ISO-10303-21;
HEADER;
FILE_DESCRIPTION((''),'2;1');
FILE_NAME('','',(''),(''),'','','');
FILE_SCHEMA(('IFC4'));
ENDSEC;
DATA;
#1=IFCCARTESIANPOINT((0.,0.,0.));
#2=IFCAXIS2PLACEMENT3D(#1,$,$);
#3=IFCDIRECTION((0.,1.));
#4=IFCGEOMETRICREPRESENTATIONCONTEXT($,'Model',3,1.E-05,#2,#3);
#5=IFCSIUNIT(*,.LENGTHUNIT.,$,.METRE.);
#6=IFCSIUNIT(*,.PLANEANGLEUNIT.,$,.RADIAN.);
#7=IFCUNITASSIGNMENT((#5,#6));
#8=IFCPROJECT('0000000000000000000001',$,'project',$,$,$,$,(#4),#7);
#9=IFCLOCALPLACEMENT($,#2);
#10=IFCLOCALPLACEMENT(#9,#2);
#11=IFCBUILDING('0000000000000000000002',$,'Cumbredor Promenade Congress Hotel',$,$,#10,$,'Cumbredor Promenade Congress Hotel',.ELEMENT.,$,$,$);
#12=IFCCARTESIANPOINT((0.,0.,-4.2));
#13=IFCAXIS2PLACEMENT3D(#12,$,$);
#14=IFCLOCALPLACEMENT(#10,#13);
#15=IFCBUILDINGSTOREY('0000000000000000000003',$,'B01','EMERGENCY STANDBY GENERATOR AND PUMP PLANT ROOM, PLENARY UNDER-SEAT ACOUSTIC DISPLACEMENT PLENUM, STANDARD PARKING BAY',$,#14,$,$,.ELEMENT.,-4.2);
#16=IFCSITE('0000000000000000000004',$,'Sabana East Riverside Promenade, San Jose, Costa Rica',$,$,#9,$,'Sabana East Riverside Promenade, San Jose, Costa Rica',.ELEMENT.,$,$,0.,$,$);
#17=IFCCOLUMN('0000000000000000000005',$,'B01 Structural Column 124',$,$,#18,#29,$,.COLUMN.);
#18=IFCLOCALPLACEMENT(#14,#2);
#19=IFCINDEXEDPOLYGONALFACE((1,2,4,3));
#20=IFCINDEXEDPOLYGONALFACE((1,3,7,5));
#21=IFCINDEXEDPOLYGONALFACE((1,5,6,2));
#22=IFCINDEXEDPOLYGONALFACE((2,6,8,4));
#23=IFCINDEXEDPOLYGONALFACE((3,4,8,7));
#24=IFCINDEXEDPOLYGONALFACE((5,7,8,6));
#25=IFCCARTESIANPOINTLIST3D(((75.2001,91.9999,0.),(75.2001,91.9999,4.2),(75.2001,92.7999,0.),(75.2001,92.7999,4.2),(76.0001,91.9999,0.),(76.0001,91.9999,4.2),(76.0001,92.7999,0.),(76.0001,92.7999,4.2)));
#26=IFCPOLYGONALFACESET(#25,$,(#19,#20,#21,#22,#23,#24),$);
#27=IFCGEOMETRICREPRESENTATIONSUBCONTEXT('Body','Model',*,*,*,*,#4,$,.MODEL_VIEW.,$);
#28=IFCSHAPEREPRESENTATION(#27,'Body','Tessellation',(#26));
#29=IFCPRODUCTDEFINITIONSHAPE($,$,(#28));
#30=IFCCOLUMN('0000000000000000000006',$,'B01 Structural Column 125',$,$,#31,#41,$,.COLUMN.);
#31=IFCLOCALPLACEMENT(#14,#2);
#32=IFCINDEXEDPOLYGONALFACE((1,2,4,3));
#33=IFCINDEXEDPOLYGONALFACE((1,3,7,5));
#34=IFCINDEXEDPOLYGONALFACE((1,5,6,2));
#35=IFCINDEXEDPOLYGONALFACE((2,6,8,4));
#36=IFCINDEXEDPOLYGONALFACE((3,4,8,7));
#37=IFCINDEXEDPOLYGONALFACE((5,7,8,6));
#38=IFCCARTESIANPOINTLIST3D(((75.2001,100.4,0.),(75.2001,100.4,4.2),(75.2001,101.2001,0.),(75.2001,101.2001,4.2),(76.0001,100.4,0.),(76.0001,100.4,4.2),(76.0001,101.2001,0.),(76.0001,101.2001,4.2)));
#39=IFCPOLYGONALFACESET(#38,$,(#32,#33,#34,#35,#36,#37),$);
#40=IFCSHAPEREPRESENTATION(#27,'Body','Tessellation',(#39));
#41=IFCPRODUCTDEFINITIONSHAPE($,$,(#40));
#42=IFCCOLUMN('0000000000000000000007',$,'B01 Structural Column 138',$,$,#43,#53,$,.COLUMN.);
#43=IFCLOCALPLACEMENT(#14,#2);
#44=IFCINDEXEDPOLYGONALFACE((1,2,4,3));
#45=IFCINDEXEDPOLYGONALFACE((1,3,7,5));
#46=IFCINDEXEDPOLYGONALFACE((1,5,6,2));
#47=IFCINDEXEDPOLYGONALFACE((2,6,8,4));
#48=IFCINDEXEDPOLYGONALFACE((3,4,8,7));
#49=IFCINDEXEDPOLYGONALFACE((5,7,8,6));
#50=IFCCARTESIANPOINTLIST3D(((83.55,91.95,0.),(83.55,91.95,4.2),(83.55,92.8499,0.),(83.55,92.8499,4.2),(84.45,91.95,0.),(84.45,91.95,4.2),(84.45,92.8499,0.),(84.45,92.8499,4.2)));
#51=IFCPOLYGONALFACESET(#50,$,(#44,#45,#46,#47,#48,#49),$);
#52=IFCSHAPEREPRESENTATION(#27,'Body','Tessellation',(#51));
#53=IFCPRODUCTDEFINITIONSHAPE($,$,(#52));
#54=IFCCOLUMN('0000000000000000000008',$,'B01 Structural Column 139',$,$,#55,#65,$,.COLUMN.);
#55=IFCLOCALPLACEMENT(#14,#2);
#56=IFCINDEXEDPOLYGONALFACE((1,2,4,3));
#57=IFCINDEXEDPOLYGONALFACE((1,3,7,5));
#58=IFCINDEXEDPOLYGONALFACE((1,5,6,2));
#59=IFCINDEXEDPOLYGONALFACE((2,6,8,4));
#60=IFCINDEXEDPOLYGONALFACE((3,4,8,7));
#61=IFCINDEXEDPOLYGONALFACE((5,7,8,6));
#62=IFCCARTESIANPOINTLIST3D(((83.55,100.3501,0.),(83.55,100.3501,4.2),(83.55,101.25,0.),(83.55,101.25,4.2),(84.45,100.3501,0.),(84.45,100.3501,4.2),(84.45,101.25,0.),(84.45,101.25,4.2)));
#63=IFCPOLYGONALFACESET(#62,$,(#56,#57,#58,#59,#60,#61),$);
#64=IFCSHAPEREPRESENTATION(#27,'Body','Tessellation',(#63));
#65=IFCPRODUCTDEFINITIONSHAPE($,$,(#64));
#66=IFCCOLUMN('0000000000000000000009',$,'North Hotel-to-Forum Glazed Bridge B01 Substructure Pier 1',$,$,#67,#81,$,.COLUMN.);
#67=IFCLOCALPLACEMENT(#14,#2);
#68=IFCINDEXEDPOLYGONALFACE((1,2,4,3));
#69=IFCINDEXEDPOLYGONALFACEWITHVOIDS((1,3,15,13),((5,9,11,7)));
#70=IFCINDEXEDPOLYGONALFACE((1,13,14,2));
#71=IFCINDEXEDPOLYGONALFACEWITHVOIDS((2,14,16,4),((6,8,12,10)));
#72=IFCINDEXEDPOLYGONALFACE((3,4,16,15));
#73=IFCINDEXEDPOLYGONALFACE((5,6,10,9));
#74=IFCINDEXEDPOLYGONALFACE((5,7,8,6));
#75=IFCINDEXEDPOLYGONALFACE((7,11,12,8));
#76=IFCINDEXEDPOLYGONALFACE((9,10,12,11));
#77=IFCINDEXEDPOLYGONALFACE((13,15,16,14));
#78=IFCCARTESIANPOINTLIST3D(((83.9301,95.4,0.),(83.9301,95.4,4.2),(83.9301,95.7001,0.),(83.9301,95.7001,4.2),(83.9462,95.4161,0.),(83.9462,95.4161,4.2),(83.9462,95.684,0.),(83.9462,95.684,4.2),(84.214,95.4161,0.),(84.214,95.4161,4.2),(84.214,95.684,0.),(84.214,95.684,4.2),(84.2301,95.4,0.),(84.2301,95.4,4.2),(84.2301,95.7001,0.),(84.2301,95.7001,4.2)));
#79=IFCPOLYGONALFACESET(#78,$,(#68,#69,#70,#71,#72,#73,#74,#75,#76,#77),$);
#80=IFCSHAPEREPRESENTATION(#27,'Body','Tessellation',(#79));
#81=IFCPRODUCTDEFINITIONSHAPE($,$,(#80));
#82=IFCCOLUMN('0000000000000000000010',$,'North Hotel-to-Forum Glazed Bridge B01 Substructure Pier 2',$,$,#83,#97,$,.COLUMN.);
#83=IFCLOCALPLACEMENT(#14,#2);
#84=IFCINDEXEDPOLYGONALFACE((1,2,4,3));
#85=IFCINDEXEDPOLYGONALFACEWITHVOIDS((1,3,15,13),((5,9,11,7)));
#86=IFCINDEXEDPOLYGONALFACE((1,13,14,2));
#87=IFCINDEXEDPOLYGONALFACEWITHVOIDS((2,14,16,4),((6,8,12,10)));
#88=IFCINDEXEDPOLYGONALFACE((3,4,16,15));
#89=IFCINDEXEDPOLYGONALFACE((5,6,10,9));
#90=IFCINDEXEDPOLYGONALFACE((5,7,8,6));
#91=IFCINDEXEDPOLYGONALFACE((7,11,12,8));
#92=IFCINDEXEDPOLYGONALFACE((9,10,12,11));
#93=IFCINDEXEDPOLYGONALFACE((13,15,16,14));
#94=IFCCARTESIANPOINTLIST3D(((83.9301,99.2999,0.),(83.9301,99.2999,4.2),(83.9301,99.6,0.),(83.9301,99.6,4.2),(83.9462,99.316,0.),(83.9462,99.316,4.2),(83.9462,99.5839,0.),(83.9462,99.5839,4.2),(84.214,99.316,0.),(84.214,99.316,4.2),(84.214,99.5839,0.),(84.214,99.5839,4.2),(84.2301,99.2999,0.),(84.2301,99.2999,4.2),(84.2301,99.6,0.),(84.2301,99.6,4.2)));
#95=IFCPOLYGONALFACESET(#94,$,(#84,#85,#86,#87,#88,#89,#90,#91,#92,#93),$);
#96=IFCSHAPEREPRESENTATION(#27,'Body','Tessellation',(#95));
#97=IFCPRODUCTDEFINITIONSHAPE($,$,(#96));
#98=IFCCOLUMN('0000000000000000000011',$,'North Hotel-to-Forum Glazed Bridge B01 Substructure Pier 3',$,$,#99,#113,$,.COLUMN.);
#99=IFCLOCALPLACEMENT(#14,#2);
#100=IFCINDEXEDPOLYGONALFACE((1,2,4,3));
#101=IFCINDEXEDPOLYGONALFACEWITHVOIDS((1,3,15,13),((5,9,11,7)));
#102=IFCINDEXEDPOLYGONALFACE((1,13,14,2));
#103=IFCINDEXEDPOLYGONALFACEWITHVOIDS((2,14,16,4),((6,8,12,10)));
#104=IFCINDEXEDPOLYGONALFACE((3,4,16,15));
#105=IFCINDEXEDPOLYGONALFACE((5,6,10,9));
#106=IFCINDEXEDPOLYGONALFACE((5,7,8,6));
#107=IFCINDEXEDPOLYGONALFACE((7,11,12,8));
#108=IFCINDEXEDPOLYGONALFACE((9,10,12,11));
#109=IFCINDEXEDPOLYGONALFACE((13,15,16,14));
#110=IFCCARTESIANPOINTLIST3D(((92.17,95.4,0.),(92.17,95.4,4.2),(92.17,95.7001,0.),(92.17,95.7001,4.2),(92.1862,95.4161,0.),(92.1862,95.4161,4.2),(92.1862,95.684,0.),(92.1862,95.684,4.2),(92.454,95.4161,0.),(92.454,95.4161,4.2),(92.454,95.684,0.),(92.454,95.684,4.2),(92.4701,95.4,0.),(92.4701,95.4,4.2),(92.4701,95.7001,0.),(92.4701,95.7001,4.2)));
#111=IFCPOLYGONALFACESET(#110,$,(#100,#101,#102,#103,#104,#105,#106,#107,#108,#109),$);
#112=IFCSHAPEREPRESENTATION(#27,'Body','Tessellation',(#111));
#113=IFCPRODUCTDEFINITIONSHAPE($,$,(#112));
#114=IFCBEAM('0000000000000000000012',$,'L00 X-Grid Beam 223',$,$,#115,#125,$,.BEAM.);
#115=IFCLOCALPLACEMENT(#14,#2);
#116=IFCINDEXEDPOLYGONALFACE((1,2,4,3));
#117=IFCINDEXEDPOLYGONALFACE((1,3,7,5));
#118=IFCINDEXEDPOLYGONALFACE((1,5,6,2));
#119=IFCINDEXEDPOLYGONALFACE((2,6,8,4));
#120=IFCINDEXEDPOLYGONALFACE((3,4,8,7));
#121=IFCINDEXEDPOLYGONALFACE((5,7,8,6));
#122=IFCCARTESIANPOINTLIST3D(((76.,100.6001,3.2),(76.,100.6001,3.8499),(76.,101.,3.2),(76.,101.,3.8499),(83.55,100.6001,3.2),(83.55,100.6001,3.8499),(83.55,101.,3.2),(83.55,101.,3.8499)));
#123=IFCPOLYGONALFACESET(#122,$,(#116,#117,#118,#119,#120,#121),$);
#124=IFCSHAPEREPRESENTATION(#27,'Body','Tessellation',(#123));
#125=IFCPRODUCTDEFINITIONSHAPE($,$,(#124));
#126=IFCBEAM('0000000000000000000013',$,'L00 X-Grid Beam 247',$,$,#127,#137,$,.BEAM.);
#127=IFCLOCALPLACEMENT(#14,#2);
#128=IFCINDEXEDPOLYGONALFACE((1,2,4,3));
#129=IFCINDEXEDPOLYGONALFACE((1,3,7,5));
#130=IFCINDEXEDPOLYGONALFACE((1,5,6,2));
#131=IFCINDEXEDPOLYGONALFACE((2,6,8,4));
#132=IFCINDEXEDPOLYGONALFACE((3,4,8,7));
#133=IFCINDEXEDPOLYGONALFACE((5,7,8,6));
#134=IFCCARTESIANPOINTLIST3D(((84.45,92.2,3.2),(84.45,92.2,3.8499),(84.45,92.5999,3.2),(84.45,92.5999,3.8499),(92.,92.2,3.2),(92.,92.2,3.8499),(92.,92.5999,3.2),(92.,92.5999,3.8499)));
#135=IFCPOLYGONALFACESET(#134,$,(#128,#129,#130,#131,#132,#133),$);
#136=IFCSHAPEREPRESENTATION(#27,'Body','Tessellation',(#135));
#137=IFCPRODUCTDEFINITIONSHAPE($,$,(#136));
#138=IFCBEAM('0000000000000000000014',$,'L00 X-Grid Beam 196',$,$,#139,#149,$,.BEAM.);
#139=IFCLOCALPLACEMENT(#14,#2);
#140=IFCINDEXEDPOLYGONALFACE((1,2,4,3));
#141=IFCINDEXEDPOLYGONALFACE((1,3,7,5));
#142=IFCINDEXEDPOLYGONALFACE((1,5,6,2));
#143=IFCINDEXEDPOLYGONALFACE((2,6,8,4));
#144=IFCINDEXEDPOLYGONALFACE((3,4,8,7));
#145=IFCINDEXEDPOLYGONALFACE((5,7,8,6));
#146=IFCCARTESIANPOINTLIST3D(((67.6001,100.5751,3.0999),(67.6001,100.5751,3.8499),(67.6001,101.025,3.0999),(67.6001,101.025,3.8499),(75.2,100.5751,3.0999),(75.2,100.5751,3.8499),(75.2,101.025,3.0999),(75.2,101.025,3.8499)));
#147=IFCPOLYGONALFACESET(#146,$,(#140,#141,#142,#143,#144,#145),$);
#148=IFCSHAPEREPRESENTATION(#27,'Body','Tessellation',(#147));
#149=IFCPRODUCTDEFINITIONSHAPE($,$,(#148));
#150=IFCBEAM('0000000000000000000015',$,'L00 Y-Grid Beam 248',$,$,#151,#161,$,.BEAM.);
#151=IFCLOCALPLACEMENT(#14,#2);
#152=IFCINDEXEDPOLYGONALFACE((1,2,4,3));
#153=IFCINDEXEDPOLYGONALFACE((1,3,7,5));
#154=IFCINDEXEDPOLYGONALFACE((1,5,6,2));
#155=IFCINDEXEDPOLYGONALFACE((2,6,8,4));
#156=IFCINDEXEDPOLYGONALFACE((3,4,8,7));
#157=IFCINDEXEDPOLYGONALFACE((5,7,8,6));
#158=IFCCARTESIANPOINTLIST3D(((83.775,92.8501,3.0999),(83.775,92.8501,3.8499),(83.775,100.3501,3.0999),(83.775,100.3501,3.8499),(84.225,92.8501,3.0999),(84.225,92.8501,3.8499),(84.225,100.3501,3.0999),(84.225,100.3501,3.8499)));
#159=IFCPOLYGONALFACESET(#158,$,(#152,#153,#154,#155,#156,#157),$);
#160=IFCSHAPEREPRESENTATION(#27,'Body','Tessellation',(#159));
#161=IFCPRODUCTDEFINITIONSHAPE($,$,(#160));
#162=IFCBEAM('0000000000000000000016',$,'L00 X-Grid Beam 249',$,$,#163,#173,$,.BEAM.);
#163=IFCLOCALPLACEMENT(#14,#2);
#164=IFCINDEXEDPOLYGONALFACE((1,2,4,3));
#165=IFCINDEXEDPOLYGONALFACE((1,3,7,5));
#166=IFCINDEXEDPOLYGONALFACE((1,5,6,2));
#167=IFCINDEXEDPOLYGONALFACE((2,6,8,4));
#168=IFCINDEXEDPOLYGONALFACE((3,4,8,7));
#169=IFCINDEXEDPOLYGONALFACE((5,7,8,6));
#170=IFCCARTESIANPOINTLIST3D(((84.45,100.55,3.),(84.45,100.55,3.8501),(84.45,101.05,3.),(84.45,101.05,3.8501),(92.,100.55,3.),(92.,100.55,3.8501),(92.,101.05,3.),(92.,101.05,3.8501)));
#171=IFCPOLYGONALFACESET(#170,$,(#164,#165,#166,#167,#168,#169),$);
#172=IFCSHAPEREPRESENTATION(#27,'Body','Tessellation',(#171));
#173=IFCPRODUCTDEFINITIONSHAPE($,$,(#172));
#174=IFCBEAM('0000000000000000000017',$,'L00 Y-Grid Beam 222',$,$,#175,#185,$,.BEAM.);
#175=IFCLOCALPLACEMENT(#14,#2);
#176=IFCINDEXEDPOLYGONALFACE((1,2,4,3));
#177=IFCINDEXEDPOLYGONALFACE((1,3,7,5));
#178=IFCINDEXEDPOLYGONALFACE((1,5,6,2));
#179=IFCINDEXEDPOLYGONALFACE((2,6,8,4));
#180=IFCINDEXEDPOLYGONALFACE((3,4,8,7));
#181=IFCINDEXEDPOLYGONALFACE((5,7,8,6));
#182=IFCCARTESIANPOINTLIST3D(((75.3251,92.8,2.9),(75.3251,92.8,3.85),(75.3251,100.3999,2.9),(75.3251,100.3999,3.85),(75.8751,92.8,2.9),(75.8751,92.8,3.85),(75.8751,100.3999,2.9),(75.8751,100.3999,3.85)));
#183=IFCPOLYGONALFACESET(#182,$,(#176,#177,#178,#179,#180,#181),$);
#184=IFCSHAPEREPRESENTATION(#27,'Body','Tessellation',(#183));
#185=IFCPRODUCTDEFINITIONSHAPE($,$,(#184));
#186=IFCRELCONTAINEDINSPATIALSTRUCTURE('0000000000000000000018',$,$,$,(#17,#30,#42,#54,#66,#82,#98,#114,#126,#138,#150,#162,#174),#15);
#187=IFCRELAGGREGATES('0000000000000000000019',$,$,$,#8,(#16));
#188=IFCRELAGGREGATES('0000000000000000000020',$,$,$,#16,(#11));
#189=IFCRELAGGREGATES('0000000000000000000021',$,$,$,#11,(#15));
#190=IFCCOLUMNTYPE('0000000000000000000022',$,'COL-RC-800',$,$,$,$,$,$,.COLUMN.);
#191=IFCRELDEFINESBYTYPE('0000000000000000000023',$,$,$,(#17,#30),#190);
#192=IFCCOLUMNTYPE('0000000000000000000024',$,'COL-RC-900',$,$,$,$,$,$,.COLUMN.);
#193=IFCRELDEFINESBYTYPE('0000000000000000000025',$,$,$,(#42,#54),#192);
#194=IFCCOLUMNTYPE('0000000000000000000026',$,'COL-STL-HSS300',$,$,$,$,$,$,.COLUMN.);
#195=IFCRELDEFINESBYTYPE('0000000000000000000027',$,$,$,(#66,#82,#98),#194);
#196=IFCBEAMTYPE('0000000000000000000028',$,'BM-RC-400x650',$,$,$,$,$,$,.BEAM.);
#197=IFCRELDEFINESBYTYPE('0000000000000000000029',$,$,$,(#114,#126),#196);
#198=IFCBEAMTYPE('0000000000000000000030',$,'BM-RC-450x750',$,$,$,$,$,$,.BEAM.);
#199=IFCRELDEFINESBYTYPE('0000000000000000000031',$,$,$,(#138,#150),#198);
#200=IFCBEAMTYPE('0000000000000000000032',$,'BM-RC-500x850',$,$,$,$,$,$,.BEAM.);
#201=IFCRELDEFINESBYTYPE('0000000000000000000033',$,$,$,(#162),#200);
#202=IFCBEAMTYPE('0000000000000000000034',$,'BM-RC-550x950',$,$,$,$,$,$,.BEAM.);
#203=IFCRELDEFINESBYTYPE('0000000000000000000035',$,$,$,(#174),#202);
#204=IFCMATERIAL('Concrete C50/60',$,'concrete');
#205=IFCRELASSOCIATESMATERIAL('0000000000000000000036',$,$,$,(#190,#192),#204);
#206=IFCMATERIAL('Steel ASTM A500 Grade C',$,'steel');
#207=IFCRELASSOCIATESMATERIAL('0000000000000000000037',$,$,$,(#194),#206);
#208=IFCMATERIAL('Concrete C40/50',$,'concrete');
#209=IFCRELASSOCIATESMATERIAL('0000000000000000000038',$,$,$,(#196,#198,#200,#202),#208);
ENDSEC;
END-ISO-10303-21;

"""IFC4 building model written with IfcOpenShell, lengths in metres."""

from ifc_helpers import new_model, si_unit, direction, frame, origin, origin_2d, place, context, subcontext, project, spatial, rectangle, hollow_rectangle, extrude, material, material_profile, profile_set, type_object, element, save


model = new_model("IFC4")

# Units and contexts
model_context = context("Model", 3, precision=1e-05, world=origin(), true_north=direction((0.0, 1.0)))
body_context = subcontext(model_context, "Body", "Model", "MODEL_VIEW")
ifc_project = project(units=[si_unit("LENGTHUNIT", "METRE"), si_unit("PLANEANGLEUNIT", "RADIAN")], contexts=[model_context])

# Site, building, storey
site_placement = place(None, origin())
site = spatial("IfcSite", under=ifc_project, at=site_placement, Name="Sabana East Riverside Promenade, San Jose, Costa Rica", LongName="Sabana East Riverside Promenade, San Jose, Costa Rica", CompositionType="ELEMENT", RefElevation=0.0)
building_placement = place(site_placement, origin())
building = spatial("IfcBuilding", under=site, at=building_placement, Name="Cumbredor Promenade Congress Hotel", LongName="Cumbredor Promenade Congress Hotel", CompositionType="ELEMENT")
storey_placement = place(building_placement, frame((0.0, 0.0, -4.2)))
storey = spatial("IfcBuildingStorey", under=building, at=storey_placement, Name="B01", Description="EMERGENCY STANDBY GENERATOR AND PUMP PLANT ROOM, PLENARY UNDER-SEAT ACOUSTIC DISPLACEMENT PLENUM, STANDARD PARKING BAY", CompositionType="ELEMENT", Elevation=-4.2)

# Columns
ifc_material_1 = material(Name="Concrete C50/60", Category="concrete")
ifc_material_profile_1 = material_profile(ifc_material_1, rectangle(XDim=0.8, YDim=0.8, at=origin_2d()), Name="RC 800x800")
ifc_profile_set_1 = profile_set([ifc_material_profile_1], Name="Concrete C50/60")
column_type_1 = type_object("IfcColumnType", Name="COL-RC-800", PredefinedType="COLUMN", material=ifc_profile_set_1)
for number, where, z_axis, x_axis, name in (
    (1, (75.6001, 92.3999, 0.0), (0.0, 0.0, 1.0), (1.0, 0.0, 0.0), "B01 Structural Column 124"),
    (2, (75.6001, 100.8, 0.0), (0.0, 0.0, 1.0), (1.0, 0.0, 0.0), "B01 Structural Column 125"),
):
    element("IfcColumn", number, at=place(storey_placement, frame(where, z_axis=z_axis, x_axis=x_axis)), inside=storey, type_object=column_type_1, Name=name, PredefinedType="COLUMN", context=body_context, shape_type="SweptSolid", body=[
        extrude(rectangle(XDim=0.8, YDim=0.8, at=origin_2d()), origin(), (0.0, 0.0, 1.0), 4.2),
    ])
ifc_material_profile_2 = material_profile(ifc_material_1, rectangle(XDim=0.8999, YDim=0.8999, at=origin_2d()), Name="RC 900x900")
ifc_profile_set_2 = profile_set([ifc_material_profile_2], Name="Concrete C50/60")
column_type_2 = type_object("IfcColumnType", Name="COL-RC-900", PredefinedType="COLUMN", material=ifc_profile_set_2)
for number, where, z_axis, x_axis, name in (
    (3, (84.0, 92.3999, 0.0), (0.0, 0.0, 1.0), (1.0, 0.0, 0.0), "B01 Structural Column 138"),
    (4, (84.0, 100.8, 0.0), (0.0, 0.0, 1.0), (1.0, 0.0, 0.0), "B01 Structural Column 139"),
):
    element("IfcColumn", number, at=place(storey_placement, frame(where, z_axis=z_axis, x_axis=x_axis)), inside=storey, type_object=column_type_2, Name=name, PredefinedType="COLUMN", context=body_context, shape_type="SweptSolid", body=[
        extrude(rectangle(XDim=0.8999, YDim=0.8999, at=origin_2d()), origin(), (0.0, 0.0, 1.0), 4.2),
    ])
ifc_material_2 = material(Name="Steel ASTM A500 Grade C", Category="steel")
ifc_material_profile_3 = material_profile(ifc_material_2, hollow_rectangle(XDim=0.3, YDim=0.3, WallThickness=0.0161, at=origin_2d()), Name="HSS 300x300x16")
ifc_profile_set_3 = profile_set([ifc_material_profile_3], Name="Steel ASTM A500 Grade C")
column_type_3 = type_object("IfcColumnType", Name="COL-STL-HSS300", PredefinedType="COLUMN", material=ifc_profile_set_3)
for number, where, z_axis, x_axis, name in (
    (5, (84.0801, 95.55, 0.0), (0.0, 0.0, 1.0), (1.0, 0.0, 0.0), "North Hotel-to-Forum Glazed Bridge B01 Substructure Pier 1"),
    (6, (84.0801, 99.45, 0.0), (0.0, 0.0, 1.0), (1.0, 0.0, 0.0), "North Hotel-to-Forum Glazed Bridge B01 Substructure Pier 2"),
    (7, (92.3201, 95.55, 0.0), (0.0, 0.0, 1.0), (1.0, 0.0, 0.0), "North Hotel-to-Forum Glazed Bridge B01 Substructure Pier 3"),
):
    element("IfcColumn", number, at=place(storey_placement, frame(where, z_axis=z_axis, x_axis=x_axis)), inside=storey, type_object=column_type_3, Name=name, PredefinedType="COLUMN", context=body_context, shape_type="SweptSolid", body=[
        extrude(hollow_rectangle(XDim=0.3, YDim=0.3, WallThickness=0.0161, at=origin_2d()), origin(), (0.0, 0.0, 1.0), 4.2),
    ])

# Beams
ifc_material_3 = material(Name="Concrete C40/50", Category="concrete")
ifc_material_profile_4 = material_profile(ifc_material_3, rectangle(XDim=0.3999, YDim=0.6499, at=origin_2d()), Name="RC BEAM 400x650")
ifc_profile_set_4 = profile_set([ifc_material_profile_4], Name="Concrete C40/50")
beam_type_1 = type_object("IfcBeamType", Name="BM-RC-400x650", PredefinedType="BEAM", material=ifc_profile_set_4)
for number, where, z_axis, x_axis, name in (
    (8, (76.0, 100.8, 3.5249), (1.0, 0.0, 0.0), (0.0, 1.0, 0.0), "L00 X-Grid Beam 223"),
    (9, (84.45, 92.3999, 3.5249), (1.0, 0.0, 0.0), (0.0, 1.0, 0.0), "L00 X-Grid Beam 247"),
):
    element("IfcBeam", number, at=place(storey_placement, frame(where, z_axis=z_axis, x_axis=x_axis)), inside=storey, type_object=beam_type_1, Name=name, PredefinedType="BEAM", context=body_context, shape_type="SweptSolid", body=[
        extrude(rectangle(XDim=0.3999, YDim=0.6499, at=origin_2d()), origin(), (0.0, 0.0, 1.0), 7.55),
    ])
ifc_material_profile_5 = material_profile(ifc_material_3, rectangle(XDim=0.45, YDim=0.75, at=origin_2d()), Name="RC BEAM 450x750")
ifc_profile_set_5 = profile_set([ifc_material_profile_5], Name="Concrete C40/50")
beam_type_2 = type_object("IfcBeamType", Name="BM-RC-450x750", PredefinedType="BEAM", material=ifc_profile_set_5)
beam_1_placement = place(storey_placement, frame((67.6001, 100.8, 3.4749), z_axis=(1.0, 0.0, 0.0), x_axis=(0.0, 1.0, 0.0)))
element("IfcBeam", 10, at=beam_1_placement, inside=storey, type_object=beam_type_2, Name="L00 X-Grid Beam 196", PredefinedType="BEAM", context=body_context, shape_type="SweptSolid", body=[
    extrude(rectangle(XDim=0.45, YDim=0.75, at=origin_2d()), origin(), (0.0, 0.0, 1.0), 7.5999),
])
beam_2_placement = place(storey_placement, frame((84.0, 92.8501, 3.4749), z_axis=(0.0, 1.0, 0.0), x_axis=(-1.0, 0.0, 0.0)))
element("IfcBeam", 11, at=beam_2_placement, inside=storey, type_object=beam_type_2, Name="L00 Y-Grid Beam 248", PredefinedType="BEAM", context=body_context, shape_type="SweptSolid", body=[
    extrude(rectangle(XDim=0.45, YDim=0.75, at=origin_2d()), origin(), (0.0, 0.0, 1.0), 7.5),
])
ifc_material_profile_6 = material_profile(ifc_material_3, rectangle(XDim=0.5, YDim=0.8501, at=origin_2d()), Name="RC BEAM 500x850")
ifc_profile_set_6 = profile_set([ifc_material_profile_6], Name="Concrete C40/50")
beam_type_3 = type_object("IfcBeamType", Name="BM-RC-500x850", PredefinedType="BEAM", material=ifc_profile_set_6)
beam_3_placement = place(storey_placement, frame((84.45, 100.8, 3.425), z_axis=(1.0, 0.0, 0.0), x_axis=(0.0, 1.0, 0.0)))
element("IfcBeam", 12, at=beam_3_placement, inside=storey, type_object=beam_type_3, Name="L00 X-Grid Beam 249", PredefinedType="BEAM", context=body_context, shape_type="SweptSolid", body=[
    extrude(rectangle(XDim=0.5, YDim=0.8501, at=origin_2d()), origin(), (0.0, 0.0, 1.0), 7.55),
])
ifc_material_profile_7 = material_profile(ifc_material_3, rectangle(XDim=0.55, YDim=0.95, at=origin_2d()), Name="RC BEAM 550x950")
ifc_profile_set_7 = profile_set([ifc_material_profile_7], Name="Concrete C40/50")
beam_type_4 = type_object("IfcBeamType", Name="BM-RC-550x950", PredefinedType="BEAM", material=ifc_profile_set_7)
beam_4_placement = place(storey_placement, frame((75.6001, 92.8, 3.375), z_axis=(0.0, 1.0, 0.0), x_axis=(-1.0, 0.0, 0.0)))
element("IfcBeam", 13, at=beam_4_placement, inside=storey, type_object=beam_type_4, Name="L00 Y-Grid Beam 222", PredefinedType="BEAM", context=body_context, shape_type="SweptSolid", body=[
    extrude(rectangle(XDim=0.55, YDim=0.95, at=origin_2d()), origin(), (0.0, 0.0, 1.0), 7.5999),
])

save(model, "model.ifc")
